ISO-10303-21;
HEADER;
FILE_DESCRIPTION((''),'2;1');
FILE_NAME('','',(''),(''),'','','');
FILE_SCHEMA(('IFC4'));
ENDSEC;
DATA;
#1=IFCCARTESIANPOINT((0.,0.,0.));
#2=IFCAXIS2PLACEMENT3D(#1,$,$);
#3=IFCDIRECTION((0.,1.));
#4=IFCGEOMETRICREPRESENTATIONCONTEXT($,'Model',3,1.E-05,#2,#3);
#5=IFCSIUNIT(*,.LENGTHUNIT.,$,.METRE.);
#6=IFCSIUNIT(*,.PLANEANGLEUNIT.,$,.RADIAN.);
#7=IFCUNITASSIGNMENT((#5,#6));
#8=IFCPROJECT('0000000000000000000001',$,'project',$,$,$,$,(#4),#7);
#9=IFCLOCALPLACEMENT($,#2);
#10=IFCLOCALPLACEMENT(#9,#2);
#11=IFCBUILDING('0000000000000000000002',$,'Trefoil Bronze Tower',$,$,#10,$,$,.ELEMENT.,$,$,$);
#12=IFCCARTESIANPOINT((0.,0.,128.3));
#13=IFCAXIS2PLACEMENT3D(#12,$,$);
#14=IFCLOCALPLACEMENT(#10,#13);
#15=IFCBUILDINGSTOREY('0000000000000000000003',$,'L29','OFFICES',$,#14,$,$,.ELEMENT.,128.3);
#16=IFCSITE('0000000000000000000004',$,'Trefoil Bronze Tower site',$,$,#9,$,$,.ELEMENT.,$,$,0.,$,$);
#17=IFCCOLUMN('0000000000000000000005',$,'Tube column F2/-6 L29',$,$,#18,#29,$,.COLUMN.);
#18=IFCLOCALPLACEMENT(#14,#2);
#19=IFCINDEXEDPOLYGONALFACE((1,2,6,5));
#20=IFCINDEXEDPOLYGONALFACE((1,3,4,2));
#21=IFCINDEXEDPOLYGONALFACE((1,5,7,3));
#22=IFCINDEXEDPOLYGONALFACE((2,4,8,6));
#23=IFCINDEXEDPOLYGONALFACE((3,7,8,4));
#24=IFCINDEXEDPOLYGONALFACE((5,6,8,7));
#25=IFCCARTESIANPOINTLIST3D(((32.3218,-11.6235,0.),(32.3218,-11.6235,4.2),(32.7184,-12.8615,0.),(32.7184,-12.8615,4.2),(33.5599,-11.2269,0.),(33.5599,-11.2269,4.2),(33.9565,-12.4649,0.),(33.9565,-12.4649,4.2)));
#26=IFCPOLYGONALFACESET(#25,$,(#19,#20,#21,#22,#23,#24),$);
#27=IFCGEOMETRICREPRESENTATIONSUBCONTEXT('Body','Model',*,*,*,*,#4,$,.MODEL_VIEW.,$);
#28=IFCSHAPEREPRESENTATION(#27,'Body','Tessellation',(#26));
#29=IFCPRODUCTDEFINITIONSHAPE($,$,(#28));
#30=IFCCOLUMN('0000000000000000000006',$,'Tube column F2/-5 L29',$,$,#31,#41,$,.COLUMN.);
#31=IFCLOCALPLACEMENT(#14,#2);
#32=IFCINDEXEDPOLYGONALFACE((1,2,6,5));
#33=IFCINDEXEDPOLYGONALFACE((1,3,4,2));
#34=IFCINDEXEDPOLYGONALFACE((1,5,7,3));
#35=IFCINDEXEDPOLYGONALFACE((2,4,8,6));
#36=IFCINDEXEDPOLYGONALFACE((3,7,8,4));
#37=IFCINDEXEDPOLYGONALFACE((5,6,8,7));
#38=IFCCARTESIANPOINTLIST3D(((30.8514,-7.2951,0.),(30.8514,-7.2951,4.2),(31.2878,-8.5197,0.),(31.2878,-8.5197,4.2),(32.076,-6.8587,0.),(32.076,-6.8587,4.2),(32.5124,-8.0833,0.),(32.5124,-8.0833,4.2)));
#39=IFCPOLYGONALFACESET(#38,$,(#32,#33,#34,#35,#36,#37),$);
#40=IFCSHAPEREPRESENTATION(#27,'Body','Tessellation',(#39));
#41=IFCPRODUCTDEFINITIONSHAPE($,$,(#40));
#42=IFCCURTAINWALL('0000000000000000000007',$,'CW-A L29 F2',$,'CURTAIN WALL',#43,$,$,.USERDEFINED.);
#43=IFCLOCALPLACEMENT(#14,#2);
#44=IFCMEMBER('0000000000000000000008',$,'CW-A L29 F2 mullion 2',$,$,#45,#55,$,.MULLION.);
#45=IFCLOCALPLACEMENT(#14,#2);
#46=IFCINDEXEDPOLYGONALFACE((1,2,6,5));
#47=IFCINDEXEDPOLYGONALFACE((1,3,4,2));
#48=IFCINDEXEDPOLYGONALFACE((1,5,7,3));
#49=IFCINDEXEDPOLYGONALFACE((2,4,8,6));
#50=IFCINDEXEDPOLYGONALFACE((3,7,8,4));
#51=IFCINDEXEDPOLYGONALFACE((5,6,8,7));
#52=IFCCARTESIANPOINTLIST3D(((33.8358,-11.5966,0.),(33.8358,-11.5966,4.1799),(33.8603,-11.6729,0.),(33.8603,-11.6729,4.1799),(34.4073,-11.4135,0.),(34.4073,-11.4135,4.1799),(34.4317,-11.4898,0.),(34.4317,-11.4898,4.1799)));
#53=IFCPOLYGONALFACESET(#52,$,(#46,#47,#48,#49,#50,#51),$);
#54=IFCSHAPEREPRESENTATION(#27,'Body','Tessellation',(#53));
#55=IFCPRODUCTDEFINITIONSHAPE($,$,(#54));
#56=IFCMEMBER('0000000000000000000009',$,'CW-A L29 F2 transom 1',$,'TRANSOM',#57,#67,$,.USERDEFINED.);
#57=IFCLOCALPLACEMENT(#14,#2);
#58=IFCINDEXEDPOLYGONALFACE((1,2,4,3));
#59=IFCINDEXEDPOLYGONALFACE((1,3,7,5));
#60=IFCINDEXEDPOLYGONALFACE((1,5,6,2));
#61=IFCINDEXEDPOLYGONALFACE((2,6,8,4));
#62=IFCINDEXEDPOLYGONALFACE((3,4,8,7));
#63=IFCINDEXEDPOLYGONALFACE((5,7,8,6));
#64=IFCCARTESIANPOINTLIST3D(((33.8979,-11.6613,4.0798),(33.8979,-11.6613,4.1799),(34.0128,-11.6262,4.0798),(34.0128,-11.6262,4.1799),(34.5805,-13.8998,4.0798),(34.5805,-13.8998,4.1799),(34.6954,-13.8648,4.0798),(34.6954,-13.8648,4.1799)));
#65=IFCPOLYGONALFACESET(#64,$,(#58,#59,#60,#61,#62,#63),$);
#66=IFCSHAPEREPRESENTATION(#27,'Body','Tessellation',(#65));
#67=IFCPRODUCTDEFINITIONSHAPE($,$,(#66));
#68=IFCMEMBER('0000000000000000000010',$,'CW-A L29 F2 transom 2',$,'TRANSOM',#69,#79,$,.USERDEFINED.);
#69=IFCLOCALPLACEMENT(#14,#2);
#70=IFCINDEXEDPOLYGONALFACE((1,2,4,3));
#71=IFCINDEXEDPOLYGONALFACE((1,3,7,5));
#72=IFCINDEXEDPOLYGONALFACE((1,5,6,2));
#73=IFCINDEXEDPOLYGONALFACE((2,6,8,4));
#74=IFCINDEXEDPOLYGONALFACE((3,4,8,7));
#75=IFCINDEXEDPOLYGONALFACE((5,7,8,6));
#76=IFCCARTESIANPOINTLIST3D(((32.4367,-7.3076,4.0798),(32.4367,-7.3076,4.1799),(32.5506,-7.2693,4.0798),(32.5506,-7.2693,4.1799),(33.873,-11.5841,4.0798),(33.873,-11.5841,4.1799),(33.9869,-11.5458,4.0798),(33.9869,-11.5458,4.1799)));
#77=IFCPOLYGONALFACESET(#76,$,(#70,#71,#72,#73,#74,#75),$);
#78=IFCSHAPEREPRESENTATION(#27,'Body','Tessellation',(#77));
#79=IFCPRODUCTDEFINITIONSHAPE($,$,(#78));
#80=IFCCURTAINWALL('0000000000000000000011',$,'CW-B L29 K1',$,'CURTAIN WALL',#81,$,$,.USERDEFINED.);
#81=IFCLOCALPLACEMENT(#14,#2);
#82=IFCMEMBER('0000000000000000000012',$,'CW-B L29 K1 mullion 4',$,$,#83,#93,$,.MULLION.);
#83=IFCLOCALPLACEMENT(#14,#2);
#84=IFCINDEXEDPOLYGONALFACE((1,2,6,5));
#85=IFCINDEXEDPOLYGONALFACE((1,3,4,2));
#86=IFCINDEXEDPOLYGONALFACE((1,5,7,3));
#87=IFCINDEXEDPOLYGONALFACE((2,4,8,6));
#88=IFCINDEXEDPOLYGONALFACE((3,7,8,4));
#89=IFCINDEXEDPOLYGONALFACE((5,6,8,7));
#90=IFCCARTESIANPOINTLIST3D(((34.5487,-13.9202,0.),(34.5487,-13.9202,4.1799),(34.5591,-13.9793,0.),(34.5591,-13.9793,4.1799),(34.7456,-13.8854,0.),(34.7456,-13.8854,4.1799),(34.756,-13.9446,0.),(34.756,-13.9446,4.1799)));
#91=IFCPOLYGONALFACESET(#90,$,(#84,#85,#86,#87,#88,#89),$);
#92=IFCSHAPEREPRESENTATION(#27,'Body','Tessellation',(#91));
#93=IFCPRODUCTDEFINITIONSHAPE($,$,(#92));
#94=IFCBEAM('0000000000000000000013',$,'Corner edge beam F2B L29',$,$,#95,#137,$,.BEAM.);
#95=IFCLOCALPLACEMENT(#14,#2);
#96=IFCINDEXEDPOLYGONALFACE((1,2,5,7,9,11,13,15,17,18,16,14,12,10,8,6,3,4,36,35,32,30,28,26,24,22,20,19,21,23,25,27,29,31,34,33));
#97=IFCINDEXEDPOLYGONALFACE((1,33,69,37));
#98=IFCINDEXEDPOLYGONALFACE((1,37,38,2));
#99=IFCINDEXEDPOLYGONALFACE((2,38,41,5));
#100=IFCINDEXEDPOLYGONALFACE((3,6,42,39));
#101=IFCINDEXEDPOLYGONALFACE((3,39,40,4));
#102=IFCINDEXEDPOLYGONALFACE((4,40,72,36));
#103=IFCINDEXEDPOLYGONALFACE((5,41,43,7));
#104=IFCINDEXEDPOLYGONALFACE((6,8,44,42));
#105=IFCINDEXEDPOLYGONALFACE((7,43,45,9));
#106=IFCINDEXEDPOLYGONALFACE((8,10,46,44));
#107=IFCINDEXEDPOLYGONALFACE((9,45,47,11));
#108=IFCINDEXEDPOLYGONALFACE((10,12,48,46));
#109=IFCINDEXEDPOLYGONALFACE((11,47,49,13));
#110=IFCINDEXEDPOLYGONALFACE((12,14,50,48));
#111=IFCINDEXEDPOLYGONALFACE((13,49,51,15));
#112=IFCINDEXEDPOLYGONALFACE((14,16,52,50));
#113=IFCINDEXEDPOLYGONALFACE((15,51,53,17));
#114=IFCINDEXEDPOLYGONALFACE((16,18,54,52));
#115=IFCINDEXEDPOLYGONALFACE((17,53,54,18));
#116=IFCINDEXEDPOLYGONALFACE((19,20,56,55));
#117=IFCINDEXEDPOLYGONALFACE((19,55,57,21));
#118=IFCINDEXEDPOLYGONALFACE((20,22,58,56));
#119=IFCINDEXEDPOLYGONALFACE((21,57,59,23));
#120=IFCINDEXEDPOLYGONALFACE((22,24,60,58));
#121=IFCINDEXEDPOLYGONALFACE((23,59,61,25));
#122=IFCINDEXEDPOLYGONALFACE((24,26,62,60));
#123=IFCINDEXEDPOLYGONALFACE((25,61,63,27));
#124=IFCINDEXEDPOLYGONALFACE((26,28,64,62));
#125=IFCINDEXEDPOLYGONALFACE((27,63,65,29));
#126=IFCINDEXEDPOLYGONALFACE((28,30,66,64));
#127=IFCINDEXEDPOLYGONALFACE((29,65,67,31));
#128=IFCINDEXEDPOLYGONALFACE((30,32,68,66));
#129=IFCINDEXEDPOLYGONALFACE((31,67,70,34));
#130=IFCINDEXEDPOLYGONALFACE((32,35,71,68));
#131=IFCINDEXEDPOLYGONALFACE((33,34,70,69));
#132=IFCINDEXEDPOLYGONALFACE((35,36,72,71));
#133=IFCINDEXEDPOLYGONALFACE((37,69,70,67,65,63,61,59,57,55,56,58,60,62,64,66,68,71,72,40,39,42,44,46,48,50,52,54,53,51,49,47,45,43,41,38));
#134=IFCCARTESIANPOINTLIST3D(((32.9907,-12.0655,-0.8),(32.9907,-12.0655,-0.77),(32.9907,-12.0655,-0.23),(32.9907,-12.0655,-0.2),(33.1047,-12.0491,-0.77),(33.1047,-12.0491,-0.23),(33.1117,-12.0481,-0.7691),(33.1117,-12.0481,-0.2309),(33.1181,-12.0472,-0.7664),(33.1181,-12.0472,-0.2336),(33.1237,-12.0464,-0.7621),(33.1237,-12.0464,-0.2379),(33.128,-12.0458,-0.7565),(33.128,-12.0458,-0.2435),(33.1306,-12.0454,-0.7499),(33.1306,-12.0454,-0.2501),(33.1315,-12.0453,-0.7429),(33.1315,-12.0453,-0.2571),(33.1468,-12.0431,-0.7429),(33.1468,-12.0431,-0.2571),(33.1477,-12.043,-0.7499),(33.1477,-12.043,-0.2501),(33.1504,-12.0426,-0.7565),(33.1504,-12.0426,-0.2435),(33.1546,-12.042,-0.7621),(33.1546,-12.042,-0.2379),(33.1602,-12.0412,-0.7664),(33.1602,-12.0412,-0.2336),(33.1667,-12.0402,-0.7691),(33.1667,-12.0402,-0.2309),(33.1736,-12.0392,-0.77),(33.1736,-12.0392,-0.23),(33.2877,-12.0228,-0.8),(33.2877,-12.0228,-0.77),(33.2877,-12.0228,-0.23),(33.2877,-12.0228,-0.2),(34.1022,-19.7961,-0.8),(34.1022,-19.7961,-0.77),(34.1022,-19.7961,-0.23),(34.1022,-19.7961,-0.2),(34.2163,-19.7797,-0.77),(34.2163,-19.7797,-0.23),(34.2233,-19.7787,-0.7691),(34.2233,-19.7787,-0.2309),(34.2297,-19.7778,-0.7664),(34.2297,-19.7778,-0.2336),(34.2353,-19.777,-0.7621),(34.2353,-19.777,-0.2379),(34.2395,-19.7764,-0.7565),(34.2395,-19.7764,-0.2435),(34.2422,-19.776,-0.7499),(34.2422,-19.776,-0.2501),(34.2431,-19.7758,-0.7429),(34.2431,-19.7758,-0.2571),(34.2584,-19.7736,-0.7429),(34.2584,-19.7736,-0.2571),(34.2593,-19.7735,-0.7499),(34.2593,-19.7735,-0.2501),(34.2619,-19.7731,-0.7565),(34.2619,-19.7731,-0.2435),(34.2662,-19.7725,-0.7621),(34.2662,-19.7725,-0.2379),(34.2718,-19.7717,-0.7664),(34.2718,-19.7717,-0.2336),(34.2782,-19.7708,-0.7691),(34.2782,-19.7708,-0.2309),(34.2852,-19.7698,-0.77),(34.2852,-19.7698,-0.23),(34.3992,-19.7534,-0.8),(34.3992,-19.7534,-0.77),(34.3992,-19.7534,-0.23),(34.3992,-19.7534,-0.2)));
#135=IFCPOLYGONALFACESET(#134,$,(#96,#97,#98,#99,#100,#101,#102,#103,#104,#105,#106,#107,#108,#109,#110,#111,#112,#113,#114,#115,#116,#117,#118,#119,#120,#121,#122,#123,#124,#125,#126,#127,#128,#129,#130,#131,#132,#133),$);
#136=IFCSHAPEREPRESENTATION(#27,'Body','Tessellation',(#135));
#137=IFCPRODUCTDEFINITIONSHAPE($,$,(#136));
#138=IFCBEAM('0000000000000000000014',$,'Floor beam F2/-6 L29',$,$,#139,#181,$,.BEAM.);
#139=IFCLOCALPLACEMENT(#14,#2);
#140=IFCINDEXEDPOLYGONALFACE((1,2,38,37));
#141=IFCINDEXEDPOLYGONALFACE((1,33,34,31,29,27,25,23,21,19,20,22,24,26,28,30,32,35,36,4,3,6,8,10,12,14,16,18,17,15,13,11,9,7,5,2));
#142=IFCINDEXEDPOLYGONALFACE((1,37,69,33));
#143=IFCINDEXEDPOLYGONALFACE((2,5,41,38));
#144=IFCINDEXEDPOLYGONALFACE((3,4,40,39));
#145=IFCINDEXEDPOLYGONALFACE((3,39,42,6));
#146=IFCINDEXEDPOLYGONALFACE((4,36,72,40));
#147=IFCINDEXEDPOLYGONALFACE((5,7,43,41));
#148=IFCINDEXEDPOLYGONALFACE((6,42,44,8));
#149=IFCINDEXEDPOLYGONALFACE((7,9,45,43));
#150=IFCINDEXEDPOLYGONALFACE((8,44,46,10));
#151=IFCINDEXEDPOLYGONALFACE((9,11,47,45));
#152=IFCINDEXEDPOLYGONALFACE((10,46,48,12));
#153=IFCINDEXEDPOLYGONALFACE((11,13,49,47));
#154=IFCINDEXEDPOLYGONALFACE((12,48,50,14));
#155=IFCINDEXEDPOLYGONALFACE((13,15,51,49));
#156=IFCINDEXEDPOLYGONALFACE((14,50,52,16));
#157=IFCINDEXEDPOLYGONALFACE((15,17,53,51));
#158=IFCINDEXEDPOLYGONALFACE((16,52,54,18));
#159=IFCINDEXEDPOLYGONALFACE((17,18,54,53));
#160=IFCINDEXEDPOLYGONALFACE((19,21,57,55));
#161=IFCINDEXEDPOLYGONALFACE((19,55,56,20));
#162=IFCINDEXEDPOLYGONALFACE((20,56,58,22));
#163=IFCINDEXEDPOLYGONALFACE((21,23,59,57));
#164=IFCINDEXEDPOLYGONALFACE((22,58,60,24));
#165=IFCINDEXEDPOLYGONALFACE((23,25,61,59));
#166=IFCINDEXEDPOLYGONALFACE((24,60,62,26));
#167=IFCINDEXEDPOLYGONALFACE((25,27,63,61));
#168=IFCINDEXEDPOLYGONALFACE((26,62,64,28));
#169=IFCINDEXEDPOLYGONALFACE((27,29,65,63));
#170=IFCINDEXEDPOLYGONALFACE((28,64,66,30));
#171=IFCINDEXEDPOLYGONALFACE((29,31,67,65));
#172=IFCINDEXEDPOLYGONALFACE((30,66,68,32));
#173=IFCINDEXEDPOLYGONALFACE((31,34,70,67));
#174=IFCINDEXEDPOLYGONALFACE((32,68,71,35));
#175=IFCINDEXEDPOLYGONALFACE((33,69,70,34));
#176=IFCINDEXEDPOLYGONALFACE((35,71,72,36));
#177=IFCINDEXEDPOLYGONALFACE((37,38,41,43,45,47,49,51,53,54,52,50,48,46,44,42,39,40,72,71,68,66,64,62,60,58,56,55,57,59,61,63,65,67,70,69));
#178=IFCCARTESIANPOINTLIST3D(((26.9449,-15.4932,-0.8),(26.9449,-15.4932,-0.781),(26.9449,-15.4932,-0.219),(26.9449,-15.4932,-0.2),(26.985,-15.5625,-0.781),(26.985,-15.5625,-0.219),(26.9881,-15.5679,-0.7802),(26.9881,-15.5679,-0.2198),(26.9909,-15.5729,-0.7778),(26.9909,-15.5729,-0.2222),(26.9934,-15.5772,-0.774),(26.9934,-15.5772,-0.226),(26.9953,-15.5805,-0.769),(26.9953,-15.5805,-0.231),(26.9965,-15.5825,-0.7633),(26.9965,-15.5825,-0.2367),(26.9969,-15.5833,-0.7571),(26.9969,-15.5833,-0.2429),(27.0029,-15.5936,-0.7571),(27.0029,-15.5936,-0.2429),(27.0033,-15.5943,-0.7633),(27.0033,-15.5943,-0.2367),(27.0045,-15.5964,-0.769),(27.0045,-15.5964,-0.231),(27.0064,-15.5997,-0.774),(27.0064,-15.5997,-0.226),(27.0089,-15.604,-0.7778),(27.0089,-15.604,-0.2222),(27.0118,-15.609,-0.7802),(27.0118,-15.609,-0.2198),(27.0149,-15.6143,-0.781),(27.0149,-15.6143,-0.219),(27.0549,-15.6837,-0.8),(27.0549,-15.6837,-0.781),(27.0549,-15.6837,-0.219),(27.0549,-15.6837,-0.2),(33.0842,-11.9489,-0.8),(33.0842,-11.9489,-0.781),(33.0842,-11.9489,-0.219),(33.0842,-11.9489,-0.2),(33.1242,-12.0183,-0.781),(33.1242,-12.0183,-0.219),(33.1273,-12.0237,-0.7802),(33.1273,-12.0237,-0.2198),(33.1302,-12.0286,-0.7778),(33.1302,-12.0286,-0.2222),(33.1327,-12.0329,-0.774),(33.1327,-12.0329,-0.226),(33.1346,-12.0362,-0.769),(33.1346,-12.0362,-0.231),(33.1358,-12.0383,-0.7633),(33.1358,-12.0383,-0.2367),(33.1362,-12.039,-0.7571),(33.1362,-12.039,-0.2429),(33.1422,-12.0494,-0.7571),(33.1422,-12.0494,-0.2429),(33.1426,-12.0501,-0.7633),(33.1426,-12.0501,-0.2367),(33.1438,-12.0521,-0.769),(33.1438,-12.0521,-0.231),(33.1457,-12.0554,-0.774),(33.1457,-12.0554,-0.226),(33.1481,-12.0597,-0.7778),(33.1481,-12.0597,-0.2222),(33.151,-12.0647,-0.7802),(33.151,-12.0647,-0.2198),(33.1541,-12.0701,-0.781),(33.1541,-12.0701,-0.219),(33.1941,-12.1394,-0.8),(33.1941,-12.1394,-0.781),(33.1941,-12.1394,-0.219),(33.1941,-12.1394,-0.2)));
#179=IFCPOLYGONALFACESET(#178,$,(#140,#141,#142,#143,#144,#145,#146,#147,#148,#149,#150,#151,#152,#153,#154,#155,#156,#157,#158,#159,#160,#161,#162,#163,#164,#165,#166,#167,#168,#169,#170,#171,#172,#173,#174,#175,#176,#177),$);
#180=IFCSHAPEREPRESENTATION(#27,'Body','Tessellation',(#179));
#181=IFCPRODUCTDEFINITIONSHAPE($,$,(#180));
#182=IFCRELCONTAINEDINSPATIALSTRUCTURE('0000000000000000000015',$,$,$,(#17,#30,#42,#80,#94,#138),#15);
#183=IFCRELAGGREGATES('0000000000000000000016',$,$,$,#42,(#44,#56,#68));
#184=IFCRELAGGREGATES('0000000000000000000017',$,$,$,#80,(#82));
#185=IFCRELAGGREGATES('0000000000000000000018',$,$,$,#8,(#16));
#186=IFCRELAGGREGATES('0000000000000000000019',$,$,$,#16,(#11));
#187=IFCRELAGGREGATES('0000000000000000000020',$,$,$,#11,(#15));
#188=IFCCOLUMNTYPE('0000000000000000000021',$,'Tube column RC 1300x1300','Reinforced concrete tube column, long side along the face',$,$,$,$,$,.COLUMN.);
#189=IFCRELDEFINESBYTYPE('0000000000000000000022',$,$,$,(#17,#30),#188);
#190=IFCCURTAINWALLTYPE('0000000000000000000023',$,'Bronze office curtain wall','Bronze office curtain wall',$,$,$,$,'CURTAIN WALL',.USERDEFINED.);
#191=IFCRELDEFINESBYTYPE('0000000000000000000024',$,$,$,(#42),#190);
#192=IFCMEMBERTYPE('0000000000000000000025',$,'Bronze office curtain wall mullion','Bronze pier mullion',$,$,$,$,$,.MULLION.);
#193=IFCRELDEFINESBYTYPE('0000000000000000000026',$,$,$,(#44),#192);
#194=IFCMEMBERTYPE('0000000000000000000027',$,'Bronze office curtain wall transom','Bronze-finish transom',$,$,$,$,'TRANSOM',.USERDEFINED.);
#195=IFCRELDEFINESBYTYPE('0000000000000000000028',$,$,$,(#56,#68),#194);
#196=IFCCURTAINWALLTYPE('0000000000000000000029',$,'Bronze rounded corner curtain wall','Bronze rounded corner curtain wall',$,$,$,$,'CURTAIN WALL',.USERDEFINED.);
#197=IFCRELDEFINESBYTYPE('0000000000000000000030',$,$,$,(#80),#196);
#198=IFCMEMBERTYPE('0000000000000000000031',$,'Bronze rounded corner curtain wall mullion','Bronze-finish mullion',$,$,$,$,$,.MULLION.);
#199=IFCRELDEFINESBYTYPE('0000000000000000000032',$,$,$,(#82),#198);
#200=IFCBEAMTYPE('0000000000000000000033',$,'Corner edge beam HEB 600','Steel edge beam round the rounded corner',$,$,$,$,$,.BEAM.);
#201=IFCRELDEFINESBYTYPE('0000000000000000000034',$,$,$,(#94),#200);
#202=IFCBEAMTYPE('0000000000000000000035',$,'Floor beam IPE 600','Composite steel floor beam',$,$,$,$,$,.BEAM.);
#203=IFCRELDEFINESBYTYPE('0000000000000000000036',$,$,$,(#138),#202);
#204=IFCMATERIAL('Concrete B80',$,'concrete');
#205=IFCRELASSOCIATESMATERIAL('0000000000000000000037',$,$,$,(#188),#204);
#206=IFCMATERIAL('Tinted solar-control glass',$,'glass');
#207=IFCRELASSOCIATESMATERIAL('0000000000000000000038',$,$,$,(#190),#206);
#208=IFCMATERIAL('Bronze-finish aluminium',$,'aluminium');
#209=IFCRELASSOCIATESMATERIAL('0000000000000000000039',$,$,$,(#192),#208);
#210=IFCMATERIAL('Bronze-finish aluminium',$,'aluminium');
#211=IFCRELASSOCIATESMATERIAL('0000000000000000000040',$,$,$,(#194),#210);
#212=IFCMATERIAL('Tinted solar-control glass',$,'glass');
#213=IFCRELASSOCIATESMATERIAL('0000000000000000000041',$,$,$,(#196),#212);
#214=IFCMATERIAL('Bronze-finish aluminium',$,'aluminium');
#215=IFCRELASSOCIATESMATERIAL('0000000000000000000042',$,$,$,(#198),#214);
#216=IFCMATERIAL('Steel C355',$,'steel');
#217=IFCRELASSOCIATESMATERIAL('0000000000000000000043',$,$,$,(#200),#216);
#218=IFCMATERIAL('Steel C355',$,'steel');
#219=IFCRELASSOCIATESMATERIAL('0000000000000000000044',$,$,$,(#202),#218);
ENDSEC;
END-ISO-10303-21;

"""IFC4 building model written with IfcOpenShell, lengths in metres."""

from ifc_helpers import new_model, si_unit, direction, frame, origin, origin_2d, place, context, subcontext, project, spatial, rectangle, i_section, extrude, material, material_profile, profile_set, type_object, element, aggregate, save


model = new_model("IFC4")

# Units and contexts
model_context = context("Model", 3, precision=1e-05, world=origin(), true_north=direction((0.0, 1.0)))
body_context = subcontext(model_context, "Body", "Model", "MODEL_VIEW")
ifc_project = project(units=[si_unit("LENGTHUNIT", "METRE"), si_unit("PLANEANGLEUNIT", "RADIAN")], contexts=[model_context])

# Site, building, storey
site_placement = place(None, origin())
site = spatial("IfcSite", under=ifc_project, at=site_placement, Name="Trefoil Bronze Tower site", CompositionType="ELEMENT", RefElevation=0.0)
building_placement = place(site_placement, origin())
building = spatial("IfcBuilding", under=site, at=building_placement, Name="Trefoil Bronze Tower", CompositionType="ELEMENT")
storey_placement = place(building_placement, frame((0.0, 0.0, 128.3)))
storey = spatial("IfcBuildingStorey", under=building, at=storey_placement, Name="L29", Description="OFFICES", CompositionType="ELEMENT", Elevation=128.3)

# Columns
ifc_material_1 = material(Name="Concrete B80", Category="concrete")
ifc_material_profile_1 = material_profile(ifc_material_1, rectangle(XDim=1.3, YDim=1.3, at=origin_2d()), Name="RC 1300x1300")
ifc_profile_set_1 = profile_set([ifc_material_profile_1], Name="Concrete B80")
column_type = type_object("IfcColumnType", Name="Tube column RC 1300x1300", Description="Reinforced concrete tube column, long side along the face", PredefinedType="COLUMN", material=ifc_profile_set_1)
for number, where, z_axis, x_axis, name in (
    (1, (33.1392, -12.0442, 0.0), (0.0, 0.0, 1.0), (-0.305066, 0.952331, 0.0), "Tube column F2/-6 L29"),
    (2, (31.6819, -7.6892, 0.0), (0.0, 0.0, 1.0), (-0.335718, 0.941963, 0.0), "Tube column F2/-5 L29"),
):
    element("IfcColumn", number, at=place(storey_placement, frame(where, z_axis=z_axis, x_axis=x_axis)), inside=storey, type_object=column_type, Name=name, PredefinedType="COLUMN", context=body_context, shape_type="SweptSolid", body=[
        extrude(rectangle(XDim=1.3, YDim=1.3, at=origin_2d()), origin(), (0.0, 0.0, 1.0), 4.2),
    ])

# Curtain wall, members
ifc_material_2 = material(Name="Tinted solar-control glass", Category="glass")
curtain_wall_type_1 = type_object("IfcCurtainWallType", Name="Bronze office curtain wall", Description="Bronze office curtain wall", ElementType="CURTAIN WALL", PredefinedType="USERDEFINED", material=ifc_material_2)
curtain_wall_1_placement = place(storey_placement, origin())
curtain_wall_1 = element("IfcCurtainWall", 3, at=curtain_wall_1_placement, inside=storey, type_object=curtain_wall_type_1, Name="CW-A L29 F2", ObjectType="CURTAIN WALL", PredefinedType="USERDEFINED")
ifc_material_3 = material(Name="Bronze-finish aluminium", Category="aluminium")
ifc_material_profile_2 = material_profile(ifc_material_3, rectangle(XDim=0.6001, YDim=0.0801, at=origin_2d()), Name="CW-A mullion")
ifc_profile_set_2 = profile_set([ifc_material_profile_2], Name="Bronze-finish aluminium")
member_type_1 = type_object("IfcMemberType", Name="Bronze office curtain wall mullion", Description="Bronze pier mullion", PredefinedType="MULLION", material=ifc_profile_set_2)
member_1_placement = place(storey_placement, frame((34.1338, -11.5432, 0.0), z_axis=(0.0, 0.0, 1.0), x_axis=(-0.952331, -0.305066, 0.0)))
member_1 = element("IfcMember", 4, at=member_1_placement, type_object=member_type_1, Name="CW-A L29 F2 mullion 2", PredefinedType="MULLION", context=body_context, shape_type="SweptSolid", body=[
    extrude(rectangle(XDim=0.6001, YDim=0.0801, at=origin_2d()), origin(), (0.0, 0.0, 1.0), 4.1799),
])
ifc_material_4 = material(Name="Bronze-finish aluminium", Category="aluminium")
ifc_material_profile_3 = material_profile(ifc_material_4, rectangle(XDim=0.1201, YDim=0.1001, at=origin_2d()), Name="CW-A transom")
ifc_profile_set_3 = profile_set([ifc_material_profile_3], Name="Bronze-finish aluminium")
member_type_2 = type_object("IfcMemberType", Name="Bronze office curtain wall transom", Description="Bronze-finish transom", ElementType="TRANSOM", PredefinedType="USERDEFINED", material=ifc_profile_set_3)
member_2_placement = place(storey_placement, frame((34.6379, -13.8823, 4.1299), z_axis=(-0.29168, 0.956516, 0.0), x_axis=(-0.956516, -0.29168, 0.0)))
member_2 = element("IfcMember", 5, at=member_2_placement, type_object=member_type_2, Name="CW-A L29 F2 transom 1", ObjectType="TRANSOM", PredefinedType="USERDEFINED", context=body_context, shape_type="SweptSolid", body=[
    extrude(rectangle(XDim=0.1201, YDim=0.1001, at=origin_2d()), origin(), (0.0, 0.0, 1.0), 2.3403),
])
member_3_placement = place(storey_placement, frame((33.9299, -11.5649, 4.1299), z_axis=(-0.318386, 0.947961, 0.0), x_axis=(-0.947961, -0.318386, 0.0)))
member_3 = element("IfcMember", 6, at=member_3_placement, type_object=member_type_2, Name="CW-A L29 F2 transom 2", ObjectType="TRANSOM", PredefinedType="USERDEFINED", context=body_context, shape_type="SweptSolid", body=[
    extrude(rectangle(XDim=0.1201, YDim=0.1001, at=origin_2d()), origin(), (0.0, 0.0, 1.0), 4.5112),
])

# Curtain wall, member
ifc_material_5 = material(Name="Tinted solar-control glass", Category="glass")
curtain_wall_type_2 = type_object("IfcCurtainWallType", Name="Bronze rounded corner curtain wall", Description="Bronze rounded corner curtain wall", ElementType="CURTAIN WALL", PredefinedType="USERDEFINED", material=ifc_material_5)
curtain_wall_2_placement = place(storey_placement, origin())
curtain_wall_2 = element("IfcCurtainWall", 7, at=curtain_wall_2_placement, inside=storey, type_object=curtain_wall_type_2, Name="CW-B L29 K1", ObjectType="CURTAIN WALL", PredefinedType="USERDEFINED")
ifc_material_6 = material(Name="Bronze-finish aluminium", Category="aluminium")
ifc_material_profile_4 = material_profile(ifc_material_6, rectangle(XDim=0.2, YDim=0.0601, at=origin_2d()), Name="CW-B mullion")
ifc_profile_set_4 = profile_set([ifc_material_profile_4], Name="Bronze-finish aluminium")
member_type_3 = type_object("IfcMemberType", Name="Bronze rounded corner curtain wall mullion", Description="Bronze-finish mullion", PredefinedType="MULLION", material=ifc_profile_set_4)
member_4_placement = place(storey_placement, frame((34.6523, -13.9324, 0.0), z_axis=(0.0, 0.0, 1.0), x_axis=(-0.984808, -0.173648, 0.0)))
member_4 = element("IfcMember", 8, at=member_4_placement, type_object=member_type_3, Name="CW-B L29 K1 mullion 4", PredefinedType="MULLION", context=body_context, shape_type="SweptSolid", body=[
    extrude(rectangle(XDim=0.2, YDim=0.0601, at=origin_2d()), origin(), (0.0, 0.0, 1.0), 4.1799),
])

# Beams
ifc_material_7 = material(Name="Steel C355", Category="steel")
ifc_material_profile_5 = material_profile(ifc_material_7, i_section(OverallWidth=0.3, OverallDepth=0.6001, WebThickness=0.0154, FlangeThickness=0.03, FilletRadius=0.0271, at=origin_2d()), Name="HEB 600")
ifc_profile_set_5 = profile_set([ifc_material_profile_5], Name="Steel C355")
beam_type_1 = type_object("IfcBeamType", Name="Corner edge beam HEB 600", Description="Steel edge beam round the rounded corner", PredefinedType="BEAM", material=ifc_profile_set_5)
beam_1_placement = place(storey_placement, frame((33.1392, -12.0442, -0.5), z_axis=(0.142327, -0.98982, 0.0), x_axis=(0.98982, 0.142327, 0.0)))
element("IfcBeam", 9, at=beam_1_placement, inside=storey, type_object=beam_type_1, Name="Corner edge beam F2B L29", PredefinedType="BEAM", context=body_context, shape_type="SweptSolid", body=[
    extrude(i_section(OverallWidth=0.3, OverallDepth=0.6001, WebThickness=0.0154, FlangeThickness=0.03, FilletRadius=0.0271, at=origin_2d()), origin(), (0.0, 0.0, 1.0), 7.8101),
])
ifc_material_8 = material(Name="Steel C355", Category="steel")
ifc_material_profile_6 = material_profile(ifc_material_8, i_section(OverallWidth=0.22, OverallDepth=0.6001, WebThickness=0.012, FlangeThickness=0.019, FilletRadius=0.0239, at=origin_2d()), Name="IPE 600")
ifc_profile_set_6 = profile_set([ifc_material_profile_6], Name="Steel C355")
beam_type_2 = type_object("IfcBeamType", Name="Floor beam IPE 600", Description="Composite steel floor beam", PredefinedType="BEAM", material=ifc_profile_set_6)
beam_2_placement = place(storey_placement, frame((33.1392, -12.0442, -0.5), z_axis=(-0.866041, -0.499973, 0.0), x_axis=(0.499973, -0.866041, 0.0)))
element("IfcBeam", 10, at=beam_2_placement, inside=storey, type_object=beam_type_2, Name="Floor beam F2/-6 L29", PredefinedType="BEAM", context=body_context, shape_type="SweptSolid", body=[
    extrude(i_section(OverallWidth=0.22, OverallDepth=0.6001, WebThickness=0.012, FlangeThickness=0.019, FilletRadius=0.0239, at=origin_2d()), origin(), (0.0, 0.0, 1.0), 7.0889),
])

aggregate(curtain_wall_1, [member_1, member_2, member_3])
aggregate(curtain_wall_2, [member_4])

save(model, "model.ifc")
